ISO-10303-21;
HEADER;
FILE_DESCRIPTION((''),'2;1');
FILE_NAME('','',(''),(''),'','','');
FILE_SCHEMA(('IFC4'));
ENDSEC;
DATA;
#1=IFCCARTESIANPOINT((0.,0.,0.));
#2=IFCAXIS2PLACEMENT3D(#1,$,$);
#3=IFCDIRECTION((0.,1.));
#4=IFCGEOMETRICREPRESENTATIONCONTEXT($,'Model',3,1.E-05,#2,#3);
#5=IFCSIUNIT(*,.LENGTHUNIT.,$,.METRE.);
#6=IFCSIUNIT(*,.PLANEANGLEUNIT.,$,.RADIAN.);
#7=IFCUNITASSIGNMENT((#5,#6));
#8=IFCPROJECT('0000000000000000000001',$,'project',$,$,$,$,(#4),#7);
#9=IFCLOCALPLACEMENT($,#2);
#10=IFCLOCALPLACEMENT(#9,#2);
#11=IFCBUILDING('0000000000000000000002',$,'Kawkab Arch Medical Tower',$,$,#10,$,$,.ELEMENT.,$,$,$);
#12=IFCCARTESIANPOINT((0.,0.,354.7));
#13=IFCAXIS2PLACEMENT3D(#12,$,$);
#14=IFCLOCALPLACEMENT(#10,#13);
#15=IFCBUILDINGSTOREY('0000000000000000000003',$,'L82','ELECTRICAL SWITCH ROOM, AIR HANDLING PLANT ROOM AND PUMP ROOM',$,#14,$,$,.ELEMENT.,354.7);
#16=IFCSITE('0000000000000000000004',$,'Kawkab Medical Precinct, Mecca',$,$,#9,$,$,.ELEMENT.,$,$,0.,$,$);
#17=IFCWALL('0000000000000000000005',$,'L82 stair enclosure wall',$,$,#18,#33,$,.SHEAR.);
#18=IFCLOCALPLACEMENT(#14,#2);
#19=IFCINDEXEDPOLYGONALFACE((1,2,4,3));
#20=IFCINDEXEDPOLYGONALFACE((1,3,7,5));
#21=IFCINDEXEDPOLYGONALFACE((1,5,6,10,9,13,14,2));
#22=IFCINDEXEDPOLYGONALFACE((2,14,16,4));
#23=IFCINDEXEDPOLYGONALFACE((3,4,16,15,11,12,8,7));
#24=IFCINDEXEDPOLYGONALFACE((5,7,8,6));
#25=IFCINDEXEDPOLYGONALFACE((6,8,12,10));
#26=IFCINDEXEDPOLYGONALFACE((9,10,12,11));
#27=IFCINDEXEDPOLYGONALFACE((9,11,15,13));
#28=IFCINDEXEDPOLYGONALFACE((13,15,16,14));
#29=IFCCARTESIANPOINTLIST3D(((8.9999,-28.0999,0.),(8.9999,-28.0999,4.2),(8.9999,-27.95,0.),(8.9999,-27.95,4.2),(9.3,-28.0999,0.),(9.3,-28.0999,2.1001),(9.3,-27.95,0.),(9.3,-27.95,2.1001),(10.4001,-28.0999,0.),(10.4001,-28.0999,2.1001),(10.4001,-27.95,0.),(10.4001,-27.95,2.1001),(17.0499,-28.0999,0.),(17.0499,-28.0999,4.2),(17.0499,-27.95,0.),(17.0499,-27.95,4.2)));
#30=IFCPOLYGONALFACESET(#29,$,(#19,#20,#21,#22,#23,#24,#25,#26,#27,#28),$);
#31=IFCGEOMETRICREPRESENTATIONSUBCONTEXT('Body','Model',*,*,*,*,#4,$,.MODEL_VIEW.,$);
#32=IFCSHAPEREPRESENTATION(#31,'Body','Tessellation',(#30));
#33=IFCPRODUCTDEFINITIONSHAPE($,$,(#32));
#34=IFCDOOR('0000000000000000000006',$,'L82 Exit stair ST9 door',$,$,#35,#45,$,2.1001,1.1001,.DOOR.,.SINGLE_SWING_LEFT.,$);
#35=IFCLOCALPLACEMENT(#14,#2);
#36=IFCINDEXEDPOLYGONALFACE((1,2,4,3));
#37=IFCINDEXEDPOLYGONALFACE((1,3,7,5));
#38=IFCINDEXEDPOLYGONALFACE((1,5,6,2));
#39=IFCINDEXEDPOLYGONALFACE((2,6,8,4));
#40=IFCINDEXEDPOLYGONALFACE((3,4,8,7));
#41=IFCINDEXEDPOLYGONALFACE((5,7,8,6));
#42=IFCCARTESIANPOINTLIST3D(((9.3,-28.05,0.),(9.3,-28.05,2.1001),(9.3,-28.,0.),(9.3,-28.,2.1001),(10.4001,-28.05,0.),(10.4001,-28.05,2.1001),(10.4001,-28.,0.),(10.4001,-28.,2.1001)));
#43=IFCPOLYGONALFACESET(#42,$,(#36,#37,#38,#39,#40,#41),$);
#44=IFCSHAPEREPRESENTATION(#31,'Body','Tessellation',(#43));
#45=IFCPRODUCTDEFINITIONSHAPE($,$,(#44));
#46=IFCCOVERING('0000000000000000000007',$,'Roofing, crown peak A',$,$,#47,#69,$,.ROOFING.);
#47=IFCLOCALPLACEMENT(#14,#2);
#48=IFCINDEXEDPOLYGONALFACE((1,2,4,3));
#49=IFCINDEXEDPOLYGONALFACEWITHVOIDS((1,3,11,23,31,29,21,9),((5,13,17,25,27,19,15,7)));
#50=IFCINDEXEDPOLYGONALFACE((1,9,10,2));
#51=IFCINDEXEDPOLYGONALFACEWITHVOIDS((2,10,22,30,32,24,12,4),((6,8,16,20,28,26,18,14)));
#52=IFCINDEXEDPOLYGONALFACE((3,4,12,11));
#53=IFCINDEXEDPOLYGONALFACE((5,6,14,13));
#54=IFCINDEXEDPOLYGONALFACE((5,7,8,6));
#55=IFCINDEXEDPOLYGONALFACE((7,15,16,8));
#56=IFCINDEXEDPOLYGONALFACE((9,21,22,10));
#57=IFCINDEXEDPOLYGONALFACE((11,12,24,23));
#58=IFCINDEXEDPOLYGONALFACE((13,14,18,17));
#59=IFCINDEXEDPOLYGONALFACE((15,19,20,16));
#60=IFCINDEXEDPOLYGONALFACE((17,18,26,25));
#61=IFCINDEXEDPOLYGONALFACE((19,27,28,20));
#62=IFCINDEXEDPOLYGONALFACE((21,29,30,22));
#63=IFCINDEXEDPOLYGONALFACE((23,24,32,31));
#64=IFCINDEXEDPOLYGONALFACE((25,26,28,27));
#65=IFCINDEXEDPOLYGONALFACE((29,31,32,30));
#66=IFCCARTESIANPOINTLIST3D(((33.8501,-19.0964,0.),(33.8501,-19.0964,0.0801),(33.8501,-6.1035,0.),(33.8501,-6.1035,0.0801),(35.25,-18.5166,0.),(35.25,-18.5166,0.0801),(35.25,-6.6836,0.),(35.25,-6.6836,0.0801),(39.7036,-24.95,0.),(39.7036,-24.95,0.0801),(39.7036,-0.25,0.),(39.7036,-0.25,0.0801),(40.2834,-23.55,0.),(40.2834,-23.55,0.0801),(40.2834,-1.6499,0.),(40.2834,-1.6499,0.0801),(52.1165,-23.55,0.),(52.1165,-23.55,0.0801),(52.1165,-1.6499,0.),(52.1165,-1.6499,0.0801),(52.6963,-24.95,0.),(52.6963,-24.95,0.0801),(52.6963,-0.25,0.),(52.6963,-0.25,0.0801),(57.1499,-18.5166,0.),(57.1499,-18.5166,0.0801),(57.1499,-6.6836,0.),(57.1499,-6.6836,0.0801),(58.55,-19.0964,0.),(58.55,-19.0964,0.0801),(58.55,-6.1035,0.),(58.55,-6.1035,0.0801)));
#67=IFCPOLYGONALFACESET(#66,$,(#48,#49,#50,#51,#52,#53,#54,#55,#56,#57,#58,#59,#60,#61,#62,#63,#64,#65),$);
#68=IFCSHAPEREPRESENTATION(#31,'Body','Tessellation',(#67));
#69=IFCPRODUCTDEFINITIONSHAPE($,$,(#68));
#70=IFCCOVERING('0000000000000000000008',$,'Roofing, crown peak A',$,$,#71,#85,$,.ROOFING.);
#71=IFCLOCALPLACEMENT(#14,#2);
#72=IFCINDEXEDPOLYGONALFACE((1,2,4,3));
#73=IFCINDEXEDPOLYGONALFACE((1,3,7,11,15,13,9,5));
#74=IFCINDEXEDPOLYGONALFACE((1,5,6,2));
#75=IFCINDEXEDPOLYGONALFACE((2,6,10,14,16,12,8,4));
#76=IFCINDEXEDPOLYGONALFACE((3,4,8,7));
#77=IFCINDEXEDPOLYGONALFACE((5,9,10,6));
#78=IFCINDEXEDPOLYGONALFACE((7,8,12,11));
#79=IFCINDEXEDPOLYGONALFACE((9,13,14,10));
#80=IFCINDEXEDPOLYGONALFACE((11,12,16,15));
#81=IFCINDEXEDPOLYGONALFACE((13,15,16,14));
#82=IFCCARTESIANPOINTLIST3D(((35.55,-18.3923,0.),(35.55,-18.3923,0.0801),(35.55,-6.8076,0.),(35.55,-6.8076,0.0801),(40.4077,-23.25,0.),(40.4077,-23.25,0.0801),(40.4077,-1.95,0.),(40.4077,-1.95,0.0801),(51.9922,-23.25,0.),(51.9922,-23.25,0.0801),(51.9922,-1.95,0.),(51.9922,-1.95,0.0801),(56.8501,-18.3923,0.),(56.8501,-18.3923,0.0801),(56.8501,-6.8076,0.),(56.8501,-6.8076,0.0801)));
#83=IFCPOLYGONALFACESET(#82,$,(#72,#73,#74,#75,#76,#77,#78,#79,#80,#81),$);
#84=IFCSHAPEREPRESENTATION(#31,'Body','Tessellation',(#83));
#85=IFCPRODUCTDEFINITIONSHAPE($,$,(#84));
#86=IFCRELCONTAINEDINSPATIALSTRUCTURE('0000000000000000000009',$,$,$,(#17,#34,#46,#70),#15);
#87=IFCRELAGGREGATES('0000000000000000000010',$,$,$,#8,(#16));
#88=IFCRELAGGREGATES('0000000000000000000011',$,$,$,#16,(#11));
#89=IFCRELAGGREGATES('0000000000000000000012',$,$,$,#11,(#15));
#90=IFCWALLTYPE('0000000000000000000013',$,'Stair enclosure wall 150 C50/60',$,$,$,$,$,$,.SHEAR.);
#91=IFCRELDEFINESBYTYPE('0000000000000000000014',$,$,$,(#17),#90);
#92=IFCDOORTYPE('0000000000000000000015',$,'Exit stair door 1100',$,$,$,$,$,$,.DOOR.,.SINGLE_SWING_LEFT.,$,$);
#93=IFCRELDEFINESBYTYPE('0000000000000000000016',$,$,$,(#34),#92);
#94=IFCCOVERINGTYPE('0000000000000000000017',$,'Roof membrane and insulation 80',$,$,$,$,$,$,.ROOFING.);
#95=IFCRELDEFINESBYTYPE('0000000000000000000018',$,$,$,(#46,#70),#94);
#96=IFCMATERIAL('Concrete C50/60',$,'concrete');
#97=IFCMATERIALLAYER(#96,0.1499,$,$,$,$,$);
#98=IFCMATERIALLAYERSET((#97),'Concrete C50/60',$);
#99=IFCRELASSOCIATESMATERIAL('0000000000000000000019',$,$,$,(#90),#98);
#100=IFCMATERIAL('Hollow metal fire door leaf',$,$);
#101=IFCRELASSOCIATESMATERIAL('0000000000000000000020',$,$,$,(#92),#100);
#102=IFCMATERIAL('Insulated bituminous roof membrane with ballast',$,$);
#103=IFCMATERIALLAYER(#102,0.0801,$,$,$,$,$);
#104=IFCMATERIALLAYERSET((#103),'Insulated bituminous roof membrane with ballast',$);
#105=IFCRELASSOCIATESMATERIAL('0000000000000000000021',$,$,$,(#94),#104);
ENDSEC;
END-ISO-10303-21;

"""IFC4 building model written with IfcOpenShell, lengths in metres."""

from ifc_helpers import new_model, si_unit, direction, frame, frame_2d, origin, place, context, subcontext, project, spatial, polyline, rectangle, outline, extrude, material, layer, layer_set, type_object, element, fill, save


model = new_model("IFC4")

# Units and contexts
model_context = context("Model", 3, precision=1e-05, world=origin(), true_north=direction((0.0, 1.0)))
body_context = subcontext(model_context, "Body", "Model", "MODEL_VIEW")
ifc_project = project(units=[si_unit("LENGTHUNIT", "METRE"), si_unit("PLANEANGLEUNIT", "RADIAN")], contexts=[model_context])

# Site, building, storey
site_placement = place(None, origin())
site = spatial("IfcSite", under=ifc_project, at=site_placement, Name="Kawkab Medical Precinct, Mecca", CompositionType="ELEMENT", RefElevation=0.0)
building_placement = place(site_placement, origin())
building = spatial("IfcBuilding", under=site, at=building_placement, Name="Kawkab Arch Medical Tower", CompositionType="ELEMENT")
storey_placement = place(building_placement, frame((0.0, 0.0, 354.7)))
storey = spatial("IfcBuildingStorey", under=building, at=storey_placement, Name="L82", Description="ELECTRICAL SWITCH ROOM, AIR HANDLING PLANT ROOM AND PUMP ROOM", CompositionType="ELEMENT", Elevation=354.7)

# Shared definitions
placement_1 = place(storey_placement, origin())

# Wall, opening, door
ifc_material_1 = material(Name="Concrete C50/60", Category="concrete")
ifc_layer_1 = layer(ifc_material_1, 0.1499)
ifc_layer_set_1 = layer_set([ifc_layer_1], Name="Concrete C50/60")
wall_type_1 = type_object("IfcWallType", Name="Stair enclosure wall 150 C50/60", PredefinedType="SHEAR", material=ifc_layer_set_1)
wall_1_placement = place(storey_placement, frame((9.0, -28.0249, 0.0), z_axis=(0.0, 0.0, 1.0), x_axis=(1.0, 0.0, 0.0)))
wall_1 = element("IfcWall", 1, at=wall_1_placement, inside=storey, type_object=wall_type_1, Name="L82 stair enclosure wall", PredefinedType="SHEAR", context=body_context, shape_type="SweptSolid", body=[
    extrude(rectangle(XDim=8.05, YDim=0.1499, at=frame_2d((4.0249, 0.0))), origin(), (0.0, 0.0, 1.0), 4.2),
])
opening_1_placement = place(wall_1_placement, frame((0.3, 0.0, 0.0)))
opening_1 = element("IfcOpeningElement", 2, at=opening_1_placement, cuts=wall_1, PredefinedType="OPENING", context=body_context, shape_type="SweptSolid", body=[
    extrude(rectangle(XDim=1.1001, YDim=2.1001, at=frame_2d((0.55, 1.05))), frame((0.0, 0.085, 0.0), z_axis=(0.0, -1.0, 0.0), x_axis=(1.0, 0.0, 0.0)), (0.0, 0.0, 1.0), 0.1699),
])
ifc_material_2 = material(Name="Hollow metal fire door leaf")
door_type_1 = type_object("IfcDoorType", Name="Exit stair door 1100", OperationType="SINGLE_SWING_LEFT", PredefinedType="DOOR", material=ifc_material_2)
door_1_placement = place(opening_1_placement, origin())
door_1 = element("IfcDoor", 3, at=door_1_placement, inside=storey, type_object=door_type_1, Name="L82 Exit stair ST9 door", OperationType="SINGLE_SWING_LEFT", OverallHeight=2.1001, OverallWidth=1.1001, PredefinedType="DOOR", context=body_context, shape_type="SweptSolid", body=[
    extrude(rectangle(XDim=1.1001, YDim=2.1001, at=frame_2d((0.55, 1.05))), frame((0.0, 0.0249, 0.0), z_axis=(0.0, -1.0, 0.0), x_axis=(1.0, 0.0, 0.0)), (0.0, 0.0, 1.0), 0.05),
])
fill(opening_1, door_1)

# Coverings
ifc_material_3 = material(Name="Insulated bituminous roof membrane with ballast")
ifc_layer_2 = layer(ifc_material_3, 0.0801)
ifc_layer_set_2 = layer_set([ifc_layer_2], Name="Insulated bituminous roof membrane with ballast")
covering_type = type_object("IfcCoveringType", Name="Roof membrane and insulation 80", PredefinedType="ROOFING", material=ifc_layer_set_2)
element("IfcCovering", 4, at=placement_1, inside=storey, type_object=covering_type, Name="Roofing, crown peak A", PredefinedType="ROOFING", context=body_context, shape_type="SweptSolid", body=[
    extrude(outline(polyline([(39.7036, -24.95), (52.6963, -24.95), (58.55, -19.0964), (58.55, -6.1035), (52.6963, -0.25), (39.7036, -0.25), (33.8501, -6.1035), (33.8501, -19.0964), (39.7036, -24.95)]), holes=[polyline([(35.25, -18.5166), (35.25, -6.6836), (40.2834, -1.6499), (52.1165, -1.6499), (57.1499, -6.6836), (57.1499, -18.5166), (52.1165, -23.55), (40.2834, -23.55), (35.25, -18.5166)])]), origin(), (0.0, 0.0, 1.0), 0.0801),
])
element("IfcCovering", 5, at=placement_1, inside=storey, type_object=covering_type, Name="Roofing, crown peak A", PredefinedType="ROOFING", context=body_context, shape_type="SweptSolid", body=[
    extrude(outline(polyline([(40.4077, -23.25), (51.9922, -23.25), (56.8501, -18.3923), (56.8501, -6.8076), (51.9922, -1.95), (40.4077, -1.95), (35.55, -6.8076), (35.55, -18.3923), (40.4077, -23.25)])), origin(), (0.0, 0.0, 1.0), 0.0801),
])

save(model, "model.ifc")
